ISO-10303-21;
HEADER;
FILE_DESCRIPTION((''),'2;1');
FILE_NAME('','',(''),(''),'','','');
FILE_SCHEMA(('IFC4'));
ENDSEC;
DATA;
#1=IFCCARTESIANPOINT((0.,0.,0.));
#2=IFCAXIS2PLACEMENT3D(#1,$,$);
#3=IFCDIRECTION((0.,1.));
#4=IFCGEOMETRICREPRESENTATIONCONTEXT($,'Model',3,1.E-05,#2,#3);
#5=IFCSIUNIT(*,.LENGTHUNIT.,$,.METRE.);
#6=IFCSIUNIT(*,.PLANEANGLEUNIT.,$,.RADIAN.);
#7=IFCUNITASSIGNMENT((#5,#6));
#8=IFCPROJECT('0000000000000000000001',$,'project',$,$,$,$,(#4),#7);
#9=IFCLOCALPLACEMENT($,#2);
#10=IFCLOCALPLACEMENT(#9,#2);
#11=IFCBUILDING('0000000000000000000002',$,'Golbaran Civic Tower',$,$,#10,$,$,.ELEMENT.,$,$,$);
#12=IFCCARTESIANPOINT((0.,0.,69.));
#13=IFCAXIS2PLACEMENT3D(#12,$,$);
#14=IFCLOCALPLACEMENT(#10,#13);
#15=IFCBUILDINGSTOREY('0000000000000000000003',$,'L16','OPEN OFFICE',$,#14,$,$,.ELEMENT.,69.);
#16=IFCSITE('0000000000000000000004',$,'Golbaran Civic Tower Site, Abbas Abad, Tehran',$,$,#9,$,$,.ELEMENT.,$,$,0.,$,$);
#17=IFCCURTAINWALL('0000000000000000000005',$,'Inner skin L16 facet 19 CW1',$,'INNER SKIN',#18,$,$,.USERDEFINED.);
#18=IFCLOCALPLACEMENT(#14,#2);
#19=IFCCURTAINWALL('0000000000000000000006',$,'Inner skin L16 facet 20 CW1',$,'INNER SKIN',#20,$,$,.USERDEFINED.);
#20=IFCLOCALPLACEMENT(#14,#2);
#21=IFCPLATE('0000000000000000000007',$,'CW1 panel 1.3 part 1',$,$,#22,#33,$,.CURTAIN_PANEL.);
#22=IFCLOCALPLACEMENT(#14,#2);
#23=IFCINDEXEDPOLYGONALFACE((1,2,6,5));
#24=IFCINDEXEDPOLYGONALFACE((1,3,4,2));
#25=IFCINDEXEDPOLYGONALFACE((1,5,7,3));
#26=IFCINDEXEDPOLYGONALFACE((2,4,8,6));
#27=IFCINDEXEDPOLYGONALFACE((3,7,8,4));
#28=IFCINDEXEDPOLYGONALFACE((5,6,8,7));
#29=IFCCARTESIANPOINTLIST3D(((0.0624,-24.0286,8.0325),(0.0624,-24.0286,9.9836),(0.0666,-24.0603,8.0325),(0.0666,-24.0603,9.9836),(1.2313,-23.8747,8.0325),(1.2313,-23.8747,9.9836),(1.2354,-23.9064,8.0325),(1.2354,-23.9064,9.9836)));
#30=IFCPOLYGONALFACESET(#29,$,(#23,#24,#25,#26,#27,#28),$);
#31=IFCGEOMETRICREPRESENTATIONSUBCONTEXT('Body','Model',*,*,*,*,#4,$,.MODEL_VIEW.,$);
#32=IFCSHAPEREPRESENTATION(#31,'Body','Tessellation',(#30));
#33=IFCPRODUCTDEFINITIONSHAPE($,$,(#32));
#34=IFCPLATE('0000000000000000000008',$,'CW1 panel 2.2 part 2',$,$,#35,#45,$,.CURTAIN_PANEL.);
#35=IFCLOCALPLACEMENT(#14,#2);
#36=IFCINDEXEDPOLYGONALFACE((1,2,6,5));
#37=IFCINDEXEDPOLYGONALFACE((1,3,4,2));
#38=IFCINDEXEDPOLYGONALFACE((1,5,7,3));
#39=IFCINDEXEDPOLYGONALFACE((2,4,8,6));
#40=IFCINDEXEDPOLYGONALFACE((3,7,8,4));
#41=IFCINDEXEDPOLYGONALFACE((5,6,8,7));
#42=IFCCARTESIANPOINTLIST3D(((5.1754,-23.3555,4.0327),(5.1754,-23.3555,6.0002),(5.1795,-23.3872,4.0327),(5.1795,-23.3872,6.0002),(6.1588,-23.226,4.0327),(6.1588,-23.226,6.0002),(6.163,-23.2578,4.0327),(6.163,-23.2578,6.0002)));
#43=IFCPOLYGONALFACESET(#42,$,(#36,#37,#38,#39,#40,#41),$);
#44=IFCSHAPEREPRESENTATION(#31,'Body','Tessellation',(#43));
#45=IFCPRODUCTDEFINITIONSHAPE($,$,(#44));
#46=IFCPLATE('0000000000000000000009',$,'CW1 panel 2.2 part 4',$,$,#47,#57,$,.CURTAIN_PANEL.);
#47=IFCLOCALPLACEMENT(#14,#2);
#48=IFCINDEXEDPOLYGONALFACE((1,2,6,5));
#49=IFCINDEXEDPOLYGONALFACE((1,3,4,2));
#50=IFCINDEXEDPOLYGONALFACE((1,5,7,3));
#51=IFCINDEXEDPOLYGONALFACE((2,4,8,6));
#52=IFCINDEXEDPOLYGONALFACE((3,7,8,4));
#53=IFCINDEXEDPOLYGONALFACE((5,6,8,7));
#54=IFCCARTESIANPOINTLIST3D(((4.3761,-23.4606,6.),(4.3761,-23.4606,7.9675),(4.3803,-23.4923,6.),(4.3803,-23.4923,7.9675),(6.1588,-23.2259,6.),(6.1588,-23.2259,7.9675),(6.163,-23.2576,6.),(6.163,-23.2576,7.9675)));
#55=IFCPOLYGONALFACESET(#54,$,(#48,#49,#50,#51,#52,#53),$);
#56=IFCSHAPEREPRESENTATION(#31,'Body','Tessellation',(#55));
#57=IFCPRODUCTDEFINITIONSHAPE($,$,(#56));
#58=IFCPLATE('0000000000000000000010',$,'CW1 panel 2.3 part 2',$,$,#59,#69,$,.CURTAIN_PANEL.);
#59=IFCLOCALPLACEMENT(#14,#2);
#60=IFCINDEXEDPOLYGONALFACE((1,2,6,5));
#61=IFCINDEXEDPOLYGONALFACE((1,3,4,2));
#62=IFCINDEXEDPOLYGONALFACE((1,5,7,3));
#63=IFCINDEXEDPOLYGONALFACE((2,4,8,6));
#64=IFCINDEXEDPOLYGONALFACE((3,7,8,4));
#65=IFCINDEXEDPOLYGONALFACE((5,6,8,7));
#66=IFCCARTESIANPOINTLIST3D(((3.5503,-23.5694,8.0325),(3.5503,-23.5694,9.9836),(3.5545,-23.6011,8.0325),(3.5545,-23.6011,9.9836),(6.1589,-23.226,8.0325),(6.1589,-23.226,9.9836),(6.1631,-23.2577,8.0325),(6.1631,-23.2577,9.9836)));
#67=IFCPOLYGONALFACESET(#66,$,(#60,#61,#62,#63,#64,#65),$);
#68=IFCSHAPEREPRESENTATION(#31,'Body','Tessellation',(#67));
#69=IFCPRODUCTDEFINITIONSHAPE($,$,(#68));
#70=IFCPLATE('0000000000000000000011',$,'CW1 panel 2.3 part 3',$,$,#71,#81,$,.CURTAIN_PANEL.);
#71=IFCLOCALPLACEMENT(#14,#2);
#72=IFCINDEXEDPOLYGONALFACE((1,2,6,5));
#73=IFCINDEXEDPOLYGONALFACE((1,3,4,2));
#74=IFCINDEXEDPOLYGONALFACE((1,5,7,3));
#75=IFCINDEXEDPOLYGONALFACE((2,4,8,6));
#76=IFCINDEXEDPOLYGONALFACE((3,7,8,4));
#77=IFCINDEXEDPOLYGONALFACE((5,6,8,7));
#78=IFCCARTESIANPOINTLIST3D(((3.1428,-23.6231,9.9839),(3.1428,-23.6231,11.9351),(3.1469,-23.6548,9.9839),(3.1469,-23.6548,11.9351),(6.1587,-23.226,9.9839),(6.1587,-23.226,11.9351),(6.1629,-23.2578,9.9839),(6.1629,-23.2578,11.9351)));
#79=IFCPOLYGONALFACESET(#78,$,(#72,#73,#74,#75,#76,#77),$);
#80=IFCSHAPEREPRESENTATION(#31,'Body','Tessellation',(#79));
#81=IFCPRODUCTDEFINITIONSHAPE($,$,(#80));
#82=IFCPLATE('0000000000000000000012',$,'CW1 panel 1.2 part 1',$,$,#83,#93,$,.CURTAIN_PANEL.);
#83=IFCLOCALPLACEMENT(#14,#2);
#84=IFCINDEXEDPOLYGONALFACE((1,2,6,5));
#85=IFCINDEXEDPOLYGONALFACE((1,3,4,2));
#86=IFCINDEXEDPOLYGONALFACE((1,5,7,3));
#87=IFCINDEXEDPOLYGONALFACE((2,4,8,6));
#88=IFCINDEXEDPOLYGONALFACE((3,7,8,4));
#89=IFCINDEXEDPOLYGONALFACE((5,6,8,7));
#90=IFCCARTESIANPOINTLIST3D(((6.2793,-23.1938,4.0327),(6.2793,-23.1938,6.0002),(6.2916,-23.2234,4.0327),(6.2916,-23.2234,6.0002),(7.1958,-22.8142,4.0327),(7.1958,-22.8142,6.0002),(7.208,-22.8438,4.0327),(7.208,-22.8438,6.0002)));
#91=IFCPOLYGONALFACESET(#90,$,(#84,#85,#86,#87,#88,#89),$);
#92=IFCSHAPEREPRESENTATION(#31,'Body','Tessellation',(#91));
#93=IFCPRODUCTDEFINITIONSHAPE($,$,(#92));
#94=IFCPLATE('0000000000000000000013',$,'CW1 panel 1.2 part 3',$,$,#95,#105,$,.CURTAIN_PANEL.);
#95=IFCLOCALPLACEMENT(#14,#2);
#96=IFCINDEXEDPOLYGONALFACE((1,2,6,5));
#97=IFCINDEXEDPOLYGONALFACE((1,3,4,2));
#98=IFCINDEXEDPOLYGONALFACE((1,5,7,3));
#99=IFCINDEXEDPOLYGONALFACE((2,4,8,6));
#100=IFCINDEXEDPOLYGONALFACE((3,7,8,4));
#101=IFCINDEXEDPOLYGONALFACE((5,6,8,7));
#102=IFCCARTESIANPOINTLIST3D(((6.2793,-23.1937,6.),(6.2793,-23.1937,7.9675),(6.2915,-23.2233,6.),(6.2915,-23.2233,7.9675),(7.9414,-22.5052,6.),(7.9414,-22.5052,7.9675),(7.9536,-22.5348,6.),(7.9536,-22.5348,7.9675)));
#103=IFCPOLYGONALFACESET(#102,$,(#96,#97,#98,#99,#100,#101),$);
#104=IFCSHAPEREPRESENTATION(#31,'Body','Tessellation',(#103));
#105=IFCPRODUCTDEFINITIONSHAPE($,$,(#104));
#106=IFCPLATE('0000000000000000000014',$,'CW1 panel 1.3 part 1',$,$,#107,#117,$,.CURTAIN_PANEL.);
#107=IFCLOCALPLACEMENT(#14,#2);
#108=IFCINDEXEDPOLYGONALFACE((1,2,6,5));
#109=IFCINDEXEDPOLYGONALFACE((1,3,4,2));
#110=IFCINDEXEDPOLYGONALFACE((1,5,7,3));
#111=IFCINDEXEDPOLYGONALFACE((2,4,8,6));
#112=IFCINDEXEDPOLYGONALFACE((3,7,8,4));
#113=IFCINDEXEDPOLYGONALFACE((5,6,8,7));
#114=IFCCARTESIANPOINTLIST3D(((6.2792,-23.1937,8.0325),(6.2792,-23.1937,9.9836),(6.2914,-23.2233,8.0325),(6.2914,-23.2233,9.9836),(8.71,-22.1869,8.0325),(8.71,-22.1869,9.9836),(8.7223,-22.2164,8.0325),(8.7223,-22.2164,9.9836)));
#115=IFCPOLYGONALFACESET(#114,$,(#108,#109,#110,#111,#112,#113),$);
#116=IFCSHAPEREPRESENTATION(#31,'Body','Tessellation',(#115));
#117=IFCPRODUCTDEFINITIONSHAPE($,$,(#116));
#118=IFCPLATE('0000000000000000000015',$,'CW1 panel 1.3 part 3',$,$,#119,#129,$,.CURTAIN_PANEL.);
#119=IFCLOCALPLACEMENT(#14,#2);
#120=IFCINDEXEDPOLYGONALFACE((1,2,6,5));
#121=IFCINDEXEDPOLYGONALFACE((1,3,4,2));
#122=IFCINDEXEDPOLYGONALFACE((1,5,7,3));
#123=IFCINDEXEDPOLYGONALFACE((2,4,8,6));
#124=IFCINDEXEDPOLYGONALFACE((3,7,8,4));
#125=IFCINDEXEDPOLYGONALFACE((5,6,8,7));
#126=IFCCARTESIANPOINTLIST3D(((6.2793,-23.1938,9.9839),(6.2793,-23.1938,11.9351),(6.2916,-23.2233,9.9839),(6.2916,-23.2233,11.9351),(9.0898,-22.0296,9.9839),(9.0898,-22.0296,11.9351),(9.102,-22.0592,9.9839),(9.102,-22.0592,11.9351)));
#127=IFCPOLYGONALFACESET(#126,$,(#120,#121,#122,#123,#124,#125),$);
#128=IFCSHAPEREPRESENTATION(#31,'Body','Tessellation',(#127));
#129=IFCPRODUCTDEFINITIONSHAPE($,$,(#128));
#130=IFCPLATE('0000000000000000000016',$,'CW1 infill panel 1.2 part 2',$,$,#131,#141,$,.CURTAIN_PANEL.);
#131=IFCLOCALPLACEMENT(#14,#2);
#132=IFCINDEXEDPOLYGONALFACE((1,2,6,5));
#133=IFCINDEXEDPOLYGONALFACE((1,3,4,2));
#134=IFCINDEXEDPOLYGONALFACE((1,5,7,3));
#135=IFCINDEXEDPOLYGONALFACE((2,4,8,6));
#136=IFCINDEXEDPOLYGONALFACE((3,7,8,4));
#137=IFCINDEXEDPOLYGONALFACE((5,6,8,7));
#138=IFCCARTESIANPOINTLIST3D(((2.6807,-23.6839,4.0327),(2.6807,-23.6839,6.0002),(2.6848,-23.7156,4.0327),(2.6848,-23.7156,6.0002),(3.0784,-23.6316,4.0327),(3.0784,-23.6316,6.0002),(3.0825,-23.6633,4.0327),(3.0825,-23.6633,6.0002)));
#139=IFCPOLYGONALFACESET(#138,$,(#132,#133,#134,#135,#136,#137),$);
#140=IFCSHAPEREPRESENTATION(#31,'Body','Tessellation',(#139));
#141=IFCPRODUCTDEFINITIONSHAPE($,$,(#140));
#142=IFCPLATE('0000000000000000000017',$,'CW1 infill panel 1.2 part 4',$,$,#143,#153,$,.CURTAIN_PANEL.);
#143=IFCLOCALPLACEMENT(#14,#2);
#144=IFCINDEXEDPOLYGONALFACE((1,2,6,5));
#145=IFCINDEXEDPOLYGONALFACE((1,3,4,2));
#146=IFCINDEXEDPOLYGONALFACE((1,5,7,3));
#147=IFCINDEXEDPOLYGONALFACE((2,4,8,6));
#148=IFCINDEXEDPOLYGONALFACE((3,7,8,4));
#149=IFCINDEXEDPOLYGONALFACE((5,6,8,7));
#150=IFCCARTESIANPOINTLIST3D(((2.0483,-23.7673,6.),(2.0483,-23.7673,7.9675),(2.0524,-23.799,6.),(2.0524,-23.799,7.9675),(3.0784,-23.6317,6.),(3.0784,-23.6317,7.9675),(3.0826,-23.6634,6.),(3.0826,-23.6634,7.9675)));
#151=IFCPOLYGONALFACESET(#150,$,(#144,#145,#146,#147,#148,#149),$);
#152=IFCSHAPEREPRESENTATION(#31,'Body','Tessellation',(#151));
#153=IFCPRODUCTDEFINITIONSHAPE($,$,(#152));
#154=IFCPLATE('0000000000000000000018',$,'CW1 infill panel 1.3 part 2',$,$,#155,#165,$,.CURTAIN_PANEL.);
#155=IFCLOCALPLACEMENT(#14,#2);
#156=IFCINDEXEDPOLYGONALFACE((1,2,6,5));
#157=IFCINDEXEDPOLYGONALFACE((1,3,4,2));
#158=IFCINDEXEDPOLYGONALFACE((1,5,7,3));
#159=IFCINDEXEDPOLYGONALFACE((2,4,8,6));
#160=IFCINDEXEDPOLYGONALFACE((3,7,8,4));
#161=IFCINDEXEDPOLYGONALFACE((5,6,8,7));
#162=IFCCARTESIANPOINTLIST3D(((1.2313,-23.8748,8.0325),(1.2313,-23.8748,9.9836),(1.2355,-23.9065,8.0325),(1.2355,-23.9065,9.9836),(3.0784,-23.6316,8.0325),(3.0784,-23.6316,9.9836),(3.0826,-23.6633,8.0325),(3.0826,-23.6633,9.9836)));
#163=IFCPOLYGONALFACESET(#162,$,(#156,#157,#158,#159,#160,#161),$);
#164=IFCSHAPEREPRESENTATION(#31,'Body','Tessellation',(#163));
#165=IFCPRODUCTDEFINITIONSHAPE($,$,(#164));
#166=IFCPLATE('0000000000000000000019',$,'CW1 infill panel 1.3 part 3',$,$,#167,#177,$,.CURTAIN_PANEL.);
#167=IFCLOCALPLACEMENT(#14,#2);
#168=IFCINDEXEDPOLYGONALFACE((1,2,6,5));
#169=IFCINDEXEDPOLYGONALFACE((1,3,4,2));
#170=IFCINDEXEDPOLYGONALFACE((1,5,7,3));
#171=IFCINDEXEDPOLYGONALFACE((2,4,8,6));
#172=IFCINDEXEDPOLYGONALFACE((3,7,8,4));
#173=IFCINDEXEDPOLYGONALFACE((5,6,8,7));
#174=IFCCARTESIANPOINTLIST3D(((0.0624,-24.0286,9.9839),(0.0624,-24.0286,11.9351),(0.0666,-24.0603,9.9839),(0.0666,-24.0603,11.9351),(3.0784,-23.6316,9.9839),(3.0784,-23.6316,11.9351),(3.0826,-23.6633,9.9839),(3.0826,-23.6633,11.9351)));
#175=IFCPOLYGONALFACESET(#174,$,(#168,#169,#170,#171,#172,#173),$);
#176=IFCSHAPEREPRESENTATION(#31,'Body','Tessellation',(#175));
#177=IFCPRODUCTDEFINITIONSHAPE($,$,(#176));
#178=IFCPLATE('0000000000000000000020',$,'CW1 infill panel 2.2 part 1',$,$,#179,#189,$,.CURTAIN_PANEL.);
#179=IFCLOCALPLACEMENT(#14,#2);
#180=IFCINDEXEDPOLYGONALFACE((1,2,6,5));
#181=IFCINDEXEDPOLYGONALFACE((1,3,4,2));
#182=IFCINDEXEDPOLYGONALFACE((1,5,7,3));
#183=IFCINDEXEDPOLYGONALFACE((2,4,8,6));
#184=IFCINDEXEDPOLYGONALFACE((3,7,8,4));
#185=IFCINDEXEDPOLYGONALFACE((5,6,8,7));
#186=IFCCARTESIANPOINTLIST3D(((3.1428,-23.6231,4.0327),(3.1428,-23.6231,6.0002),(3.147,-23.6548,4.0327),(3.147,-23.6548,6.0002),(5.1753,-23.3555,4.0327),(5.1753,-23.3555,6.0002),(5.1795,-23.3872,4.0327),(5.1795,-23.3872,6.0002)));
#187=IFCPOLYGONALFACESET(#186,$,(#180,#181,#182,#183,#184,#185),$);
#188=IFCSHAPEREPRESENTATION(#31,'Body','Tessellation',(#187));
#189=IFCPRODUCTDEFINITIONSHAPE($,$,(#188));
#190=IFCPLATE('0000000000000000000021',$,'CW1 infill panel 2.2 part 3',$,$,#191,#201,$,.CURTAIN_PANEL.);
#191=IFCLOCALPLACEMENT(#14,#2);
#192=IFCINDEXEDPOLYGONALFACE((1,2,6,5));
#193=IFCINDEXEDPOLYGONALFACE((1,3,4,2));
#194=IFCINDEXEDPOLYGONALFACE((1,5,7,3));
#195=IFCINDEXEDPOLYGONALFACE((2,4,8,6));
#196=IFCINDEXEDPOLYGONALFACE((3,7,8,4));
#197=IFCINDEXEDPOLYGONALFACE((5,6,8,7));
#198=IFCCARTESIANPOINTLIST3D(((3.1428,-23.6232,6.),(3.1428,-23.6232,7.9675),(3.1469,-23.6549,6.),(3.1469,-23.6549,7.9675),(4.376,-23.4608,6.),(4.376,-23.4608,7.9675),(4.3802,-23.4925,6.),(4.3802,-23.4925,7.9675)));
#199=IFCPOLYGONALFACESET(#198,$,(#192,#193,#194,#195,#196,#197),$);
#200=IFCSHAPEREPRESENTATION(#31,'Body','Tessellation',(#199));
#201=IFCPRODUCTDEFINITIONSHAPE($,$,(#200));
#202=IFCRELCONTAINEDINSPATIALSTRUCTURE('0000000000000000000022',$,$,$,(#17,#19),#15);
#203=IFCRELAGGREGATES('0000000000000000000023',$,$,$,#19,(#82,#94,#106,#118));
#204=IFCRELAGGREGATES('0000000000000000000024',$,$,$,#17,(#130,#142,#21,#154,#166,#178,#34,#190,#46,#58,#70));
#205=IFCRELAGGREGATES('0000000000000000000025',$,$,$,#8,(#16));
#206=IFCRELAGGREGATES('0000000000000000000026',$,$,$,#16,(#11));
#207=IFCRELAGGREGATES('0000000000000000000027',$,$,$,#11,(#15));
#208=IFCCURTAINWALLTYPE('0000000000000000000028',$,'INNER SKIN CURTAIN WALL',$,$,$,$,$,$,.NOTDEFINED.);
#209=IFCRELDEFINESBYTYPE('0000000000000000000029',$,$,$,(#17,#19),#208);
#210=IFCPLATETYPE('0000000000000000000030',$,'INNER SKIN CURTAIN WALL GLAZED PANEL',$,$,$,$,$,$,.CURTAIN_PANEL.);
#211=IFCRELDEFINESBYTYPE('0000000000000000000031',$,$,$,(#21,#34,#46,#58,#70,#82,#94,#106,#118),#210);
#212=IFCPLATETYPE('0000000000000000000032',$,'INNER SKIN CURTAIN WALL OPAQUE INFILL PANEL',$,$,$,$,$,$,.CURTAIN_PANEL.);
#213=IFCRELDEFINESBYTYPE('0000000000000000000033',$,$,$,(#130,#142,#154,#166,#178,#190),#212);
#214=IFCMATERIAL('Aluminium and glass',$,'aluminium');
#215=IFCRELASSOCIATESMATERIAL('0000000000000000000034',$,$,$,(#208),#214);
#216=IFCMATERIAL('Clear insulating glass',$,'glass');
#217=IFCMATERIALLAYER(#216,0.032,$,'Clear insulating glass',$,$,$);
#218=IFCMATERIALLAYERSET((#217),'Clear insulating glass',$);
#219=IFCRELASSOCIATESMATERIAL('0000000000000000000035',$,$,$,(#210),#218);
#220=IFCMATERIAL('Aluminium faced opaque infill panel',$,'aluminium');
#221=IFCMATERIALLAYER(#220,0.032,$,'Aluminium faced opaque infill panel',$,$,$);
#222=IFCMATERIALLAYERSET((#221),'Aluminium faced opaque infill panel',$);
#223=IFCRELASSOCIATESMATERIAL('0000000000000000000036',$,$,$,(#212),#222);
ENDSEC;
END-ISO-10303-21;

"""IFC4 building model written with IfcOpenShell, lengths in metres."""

from ifc_helpers import new_model, si_unit, direction, frame, origin, origin_2d, place, context, subcontext, project, spatial, rectangle, extrude, material, layer, layer_set, type_object, element, aggregate, save


model = new_model("IFC4")

# Units and contexts
model_context = context("Model", 3, precision=1e-05, world=origin(), true_north=direction((0.0, 1.0)))
body_context = subcontext(model_context, "Body", "Model", "MODEL_VIEW")
ifc_project = project(units=[si_unit("LENGTHUNIT", "METRE"), si_unit("PLANEANGLEUNIT", "RADIAN")], contexts=[model_context])

# Site, building, storey
site_placement = place(None, origin())
site = spatial("IfcSite", under=ifc_project, at=site_placement, Name="Golbaran Civic Tower Site, Abbas Abad, Tehran", CompositionType="ELEMENT", RefElevation=0.0)
building_placement = place(site_placement, origin())
building = spatial("IfcBuilding", under=site, at=building_placement, Name="Golbaran Civic Tower", CompositionType="ELEMENT")
storey_placement = place(building_placement, frame((0.0, 0.0, 69.0)))
storey = spatial("IfcBuildingStorey", under=building, at=storey_placement, Name="L16", Description="OPEN OFFICE", CompositionType="ELEMENT", Elevation=69.0)

# Curtain walls
ifc_material_1 = material(Name="Aluminium and glass", Category="aluminium")
curtain_wall_type_1 = type_object("IfcCurtainWallType", Name="INNER SKIN CURTAIN WALL", PredefinedType="NOTDEFINED", material=ifc_material_1)
curtain_wall_1_placement = place(storey_placement, origin())
curtain_wall_1 = element("IfcCurtainWall", 1, at=curtain_wall_1_placement, inside=storey, type_object=curtain_wall_type_1, Name="Inner skin L16 facet 19 CW1", ObjectType="INNER SKIN", PredefinedType="USERDEFINED")
curtain_wall_2_placement = place(storey_placement, origin())
curtain_wall_2 = element("IfcCurtainWall", 2, at=curtain_wall_2_placement, inside=storey, type_object=curtain_wall_type_1, Name="Inner skin L16 facet 20 CW1", ObjectType="INNER SKIN", PredefinedType="USERDEFINED")

# Plates
ifc_material_2 = material(Name="Clear insulating glass", Category="glass")
ifc_layer_1 = layer(ifc_material_2, 0.032, Name="Clear insulating glass")
ifc_layer_set_1 = layer_set([ifc_layer_1], Name="Clear insulating glass")
plate_type_1 = type_object("IfcPlateType", Name="INNER SKIN CURTAIN WALL GLAZED PANEL", PredefinedType="CURTAIN_PANEL", material=ifc_layer_set_1)
plate_1_placement = place(storey_placement, frame((0.6489, -23.9675, 8.0325), z_axis=(0.0, 0.0, 1.0), x_axis=(0.991445, 0.130526, 0.0)))
plate_1 = element("IfcPlate", 3, at=plate_1_placement, type_object=plate_type_1, Name="CW1 panel 1.3 part 1", PredefinedType="CURTAIN_PANEL", context=body_context, shape_type="SweptSolid", body=[
    extrude(rectangle(XDim=1.179, YDim=0.032, at=origin_2d()), origin(), (0.0, 0.0, 1.0), 1.9512),
])
plate_2_placement = place(storey_placement, frame((5.6692, -23.3066, 4.0327), z_axis=(0.0, 0.0, 1.0), x_axis=(0.991445, 0.130526, 0.0)))
plate_2 = element("IfcPlate", 4, at=plate_2_placement, type_object=plate_type_1, Name="CW1 panel 2.2 part 2", PredefinedType="CURTAIN_PANEL", context=body_context, shape_type="SweptSolid", body=[
    extrude(rectangle(XDim=0.9919, YDim=0.032, at=origin_2d()), origin(), (0.0, 0.0, 1.0), 1.9675),
])
plate_3_placement = place(storey_placement, frame((5.2695, -23.3591, 6.0), z_axis=(0.0, 0.0, 1.0), x_axis=(0.991445, 0.130526, 0.0)))
plate_3 = element("IfcPlate", 5, at=plate_3_placement, type_object=plate_type_1, Name="CW1 panel 2.2 part 4", PredefinedType="CURTAIN_PANEL", context=body_context, shape_type="SweptSolid", body=[
    extrude(rectangle(XDim=1.7981, YDim=0.032, at=origin_2d()), origin(), (0.0, 0.0, 1.0), 1.9675),
])
plate_4_placement = place(storey_placement, frame((4.8567, -23.4136, 8.0325), z_axis=(0.0, 0.0, 1.0), x_axis=(0.991445, 0.130526, 0.0)))
plate_4 = element("IfcPlate", 6, at=plate_4_placement, type_object=plate_type_1, Name="CW1 panel 2.3 part 2", PredefinedType="CURTAIN_PANEL", context=body_context, shape_type="SweptSolid", body=[
    extrude(rectangle(XDim=2.6311, YDim=0.032, at=origin_2d()), origin(), (0.0, 0.0, 1.0), 1.9512),
])
plate_5_placement = place(storey_placement, frame((4.6528, -23.4404, 9.9839), z_axis=(0.0, 0.0, 1.0), x_axis=(0.991445, 0.130526, 0.0)))
plate_5 = element("IfcPlate", 7, at=plate_5_placement, type_object=plate_type_1, Name="CW1 panel 2.3 part 3", PredefinedType="CURTAIN_PANEL", context=body_context, shape_type="SweptSolid", body=[
    extrude(rectangle(XDim=3.042, YDim=0.032, at=origin_2d()), origin(), (0.0, 0.0, 1.0), 1.9512),
])
plate_6_placement = place(storey_placement, frame((6.7437, -23.0188, 4.0327), z_axis=(0.0, 0.0, 1.0), x_axis=(0.92388, 0.382683, 0.0)))
plate_6 = element("IfcPlate", 8, at=plate_6_placement, type_object=plate_type_1, Name="CW1 panel 1.2 part 1", PredefinedType="CURTAIN_PANEL", context=body_context, shape_type="SweptSolid", body=[
    extrude(rectangle(XDim=0.9919, YDim=0.032, at=origin_2d()), origin(), (0.0, 0.0, 1.0), 1.9675),
])
plate_7_placement = place(storey_placement, frame((7.1165, -22.8643, 6.0), z_axis=(0.0, 0.0, 1.0), x_axis=(0.92388, 0.382683, 0.0)))
plate_7 = element("IfcPlate", 9, at=plate_7_placement, type_object=plate_type_1, Name="CW1 panel 1.2 part 3", PredefinedType="CURTAIN_PANEL", context=body_context, shape_type="SweptSolid", body=[
    extrude(rectangle(XDim=1.7991, YDim=0.032, at=origin_2d()), origin(), (0.0, 0.0, 1.0), 1.9675),
])
plate_8_placement = place(storey_placement, frame((7.5007, -22.7051, 8.0325), z_axis=(0.0, 0.0, 1.0), x_axis=(0.92388, 0.382683, 0.0)))
plate_8 = element("IfcPlate", 10, at=plate_8_placement, type_object=plate_type_1, Name="CW1 panel 1.3 part 1", PredefinedType="CURTAIN_PANEL", context=body_context, shape_type="SweptSolid", body=[
    extrude(rectangle(XDim=2.6311, YDim=0.032, at=origin_2d()), origin(), (0.0, 0.0, 1.0), 1.9512),
])
plate_9_placement = place(storey_placement, frame((7.6907, -22.6265, 9.9839), z_axis=(0.0, 0.0, 1.0), x_axis=(0.92388, 0.382683, 0.0)))
plate_9 = element("IfcPlate", 11, at=plate_9_placement, type_object=plate_type_1, Name="CW1 panel 1.3 part 3", PredefinedType="CURTAIN_PANEL", context=body_context, shape_type="SweptSolid", body=[
    extrude(rectangle(XDim=3.042, YDim=0.032, at=origin_2d()), origin(), (0.0, 0.0, 1.0), 1.9512),
])
aggregate(curtain_wall_2, [plate_6, plate_7, plate_8, plate_9])
ifc_material_3 = material(Name="Aluminium faced opaque infill panel", Category="aluminium")
ifc_layer_2 = layer(ifc_material_3, 0.032, Name="Aluminium faced opaque infill panel")
ifc_layer_set_2 = layer_set([ifc_layer_2], Name="Aluminium faced opaque infill panel")
plate_type_2 = type_object("IfcPlateType", Name="INNER SKIN CURTAIN WALL OPAQUE INFILL PANEL", PredefinedType="CURTAIN_PANEL", material=ifc_layer_set_2)
plate_10_placement = place(storey_placement, frame((2.8816, -23.6736, 4.0327), z_axis=(0.0, 0.0, 1.0), x_axis=(0.991445, 0.130526, 0.0)))
plate_10 = element("IfcPlate", 12, at=plate_10_placement, type_object=plate_type_2, Name="CW1 infill panel 1.2 part 2", PredefinedType="CURTAIN_PANEL", context=body_context, shape_type="SweptSolid", body=[
    extrude(rectangle(XDim=0.4011, YDim=0.032, at=origin_2d()), origin(), (0.0, 0.0, 1.0), 1.9675),
])
plate_11_placement = place(storey_placement, frame((2.5654, -23.7153, 6.0), z_axis=(0.0, 0.0, 1.0), x_axis=(0.991445, 0.130526, 0.0)))
plate_11 = element("IfcPlate", 13, at=plate_11_placement, type_object=plate_type_2, Name="CW1 infill panel 1.2 part 4", PredefinedType="CURTAIN_PANEL", context=body_context, shape_type="SweptSolid", body=[
    extrude(rectangle(XDim=1.0391, YDim=0.032, at=origin_2d()), origin(), (0.0, 0.0, 1.0), 1.9675),
])
plate_12_placement = place(storey_placement, frame((2.157, -23.769, 8.0325), z_axis=(0.0, 0.0, 1.0), x_axis=(0.991445, 0.130526, 0.0)))
plate_12 = element("IfcPlate", 14, at=plate_12_placement, type_object=plate_type_2, Name="CW1 infill panel 1.3 part 2", PredefinedType="CURTAIN_PANEL", context=body_context, shape_type="SweptSolid", body=[
    extrude(rectangle(XDim=1.863, YDim=0.032, at=origin_2d()), origin(), (0.0, 0.0, 1.0), 1.9512),
])
plate_13_placement = place(storey_placement, frame((1.5725, -23.8459, 9.9839), z_axis=(0.0, 0.0, 1.0), x_axis=(0.991445, 0.130526, 0.0)))
plate_13 = element("IfcPlate", 15, at=plate_13_placement, type_object=plate_type_2, Name="CW1 infill panel 1.3 part 3", PredefinedType="CURTAIN_PANEL", context=body_context, shape_type="SweptSolid", body=[
    extrude(rectangle(XDim=3.042, YDim=0.032, at=origin_2d()), origin(), (0.0, 0.0, 1.0), 1.9512),
])
plate_14_placement = place(storey_placement, frame((4.1611, -23.5051, 4.0327), z_axis=(0.0, 0.0, 1.0), x_axis=(0.991445, 0.130526, 0.0)))
plate_14 = element("IfcPlate", 16, at=plate_14_placement, type_object=plate_type_2, Name="CW1 infill panel 2.2 part 1", PredefinedType="CURTAIN_PANEL", context=body_context, shape_type="SweptSolid", body=[
    extrude(rectangle(XDim=2.05, YDim=0.032, at=origin_2d()), origin(), (0.0, 0.0, 1.0), 1.9675),
])
plate_15_placement = place(storey_placement, frame((3.7615, -23.5579, 6.0), z_axis=(0.0, 0.0, 1.0), x_axis=(0.991445, 0.130526, 0.0)))
plate_15 = element("IfcPlate", 17, at=plate_15_placement, type_object=plate_type_2, Name="CW1 infill panel 2.2 part 3", PredefinedType="CURTAIN_PANEL", context=body_context, shape_type="SweptSolid", body=[
    extrude(rectangle(XDim=1.2439, YDim=0.032, at=origin_2d()), origin(), (0.0, 0.0, 1.0), 1.9675),
])
aggregate(curtain_wall_1, [plate_10, plate_11, plate_1, plate_12, plate_13, plate_14, plate_2, plate_15, plate_3, plate_4, plate_5])

save(model, "model.ifc")
